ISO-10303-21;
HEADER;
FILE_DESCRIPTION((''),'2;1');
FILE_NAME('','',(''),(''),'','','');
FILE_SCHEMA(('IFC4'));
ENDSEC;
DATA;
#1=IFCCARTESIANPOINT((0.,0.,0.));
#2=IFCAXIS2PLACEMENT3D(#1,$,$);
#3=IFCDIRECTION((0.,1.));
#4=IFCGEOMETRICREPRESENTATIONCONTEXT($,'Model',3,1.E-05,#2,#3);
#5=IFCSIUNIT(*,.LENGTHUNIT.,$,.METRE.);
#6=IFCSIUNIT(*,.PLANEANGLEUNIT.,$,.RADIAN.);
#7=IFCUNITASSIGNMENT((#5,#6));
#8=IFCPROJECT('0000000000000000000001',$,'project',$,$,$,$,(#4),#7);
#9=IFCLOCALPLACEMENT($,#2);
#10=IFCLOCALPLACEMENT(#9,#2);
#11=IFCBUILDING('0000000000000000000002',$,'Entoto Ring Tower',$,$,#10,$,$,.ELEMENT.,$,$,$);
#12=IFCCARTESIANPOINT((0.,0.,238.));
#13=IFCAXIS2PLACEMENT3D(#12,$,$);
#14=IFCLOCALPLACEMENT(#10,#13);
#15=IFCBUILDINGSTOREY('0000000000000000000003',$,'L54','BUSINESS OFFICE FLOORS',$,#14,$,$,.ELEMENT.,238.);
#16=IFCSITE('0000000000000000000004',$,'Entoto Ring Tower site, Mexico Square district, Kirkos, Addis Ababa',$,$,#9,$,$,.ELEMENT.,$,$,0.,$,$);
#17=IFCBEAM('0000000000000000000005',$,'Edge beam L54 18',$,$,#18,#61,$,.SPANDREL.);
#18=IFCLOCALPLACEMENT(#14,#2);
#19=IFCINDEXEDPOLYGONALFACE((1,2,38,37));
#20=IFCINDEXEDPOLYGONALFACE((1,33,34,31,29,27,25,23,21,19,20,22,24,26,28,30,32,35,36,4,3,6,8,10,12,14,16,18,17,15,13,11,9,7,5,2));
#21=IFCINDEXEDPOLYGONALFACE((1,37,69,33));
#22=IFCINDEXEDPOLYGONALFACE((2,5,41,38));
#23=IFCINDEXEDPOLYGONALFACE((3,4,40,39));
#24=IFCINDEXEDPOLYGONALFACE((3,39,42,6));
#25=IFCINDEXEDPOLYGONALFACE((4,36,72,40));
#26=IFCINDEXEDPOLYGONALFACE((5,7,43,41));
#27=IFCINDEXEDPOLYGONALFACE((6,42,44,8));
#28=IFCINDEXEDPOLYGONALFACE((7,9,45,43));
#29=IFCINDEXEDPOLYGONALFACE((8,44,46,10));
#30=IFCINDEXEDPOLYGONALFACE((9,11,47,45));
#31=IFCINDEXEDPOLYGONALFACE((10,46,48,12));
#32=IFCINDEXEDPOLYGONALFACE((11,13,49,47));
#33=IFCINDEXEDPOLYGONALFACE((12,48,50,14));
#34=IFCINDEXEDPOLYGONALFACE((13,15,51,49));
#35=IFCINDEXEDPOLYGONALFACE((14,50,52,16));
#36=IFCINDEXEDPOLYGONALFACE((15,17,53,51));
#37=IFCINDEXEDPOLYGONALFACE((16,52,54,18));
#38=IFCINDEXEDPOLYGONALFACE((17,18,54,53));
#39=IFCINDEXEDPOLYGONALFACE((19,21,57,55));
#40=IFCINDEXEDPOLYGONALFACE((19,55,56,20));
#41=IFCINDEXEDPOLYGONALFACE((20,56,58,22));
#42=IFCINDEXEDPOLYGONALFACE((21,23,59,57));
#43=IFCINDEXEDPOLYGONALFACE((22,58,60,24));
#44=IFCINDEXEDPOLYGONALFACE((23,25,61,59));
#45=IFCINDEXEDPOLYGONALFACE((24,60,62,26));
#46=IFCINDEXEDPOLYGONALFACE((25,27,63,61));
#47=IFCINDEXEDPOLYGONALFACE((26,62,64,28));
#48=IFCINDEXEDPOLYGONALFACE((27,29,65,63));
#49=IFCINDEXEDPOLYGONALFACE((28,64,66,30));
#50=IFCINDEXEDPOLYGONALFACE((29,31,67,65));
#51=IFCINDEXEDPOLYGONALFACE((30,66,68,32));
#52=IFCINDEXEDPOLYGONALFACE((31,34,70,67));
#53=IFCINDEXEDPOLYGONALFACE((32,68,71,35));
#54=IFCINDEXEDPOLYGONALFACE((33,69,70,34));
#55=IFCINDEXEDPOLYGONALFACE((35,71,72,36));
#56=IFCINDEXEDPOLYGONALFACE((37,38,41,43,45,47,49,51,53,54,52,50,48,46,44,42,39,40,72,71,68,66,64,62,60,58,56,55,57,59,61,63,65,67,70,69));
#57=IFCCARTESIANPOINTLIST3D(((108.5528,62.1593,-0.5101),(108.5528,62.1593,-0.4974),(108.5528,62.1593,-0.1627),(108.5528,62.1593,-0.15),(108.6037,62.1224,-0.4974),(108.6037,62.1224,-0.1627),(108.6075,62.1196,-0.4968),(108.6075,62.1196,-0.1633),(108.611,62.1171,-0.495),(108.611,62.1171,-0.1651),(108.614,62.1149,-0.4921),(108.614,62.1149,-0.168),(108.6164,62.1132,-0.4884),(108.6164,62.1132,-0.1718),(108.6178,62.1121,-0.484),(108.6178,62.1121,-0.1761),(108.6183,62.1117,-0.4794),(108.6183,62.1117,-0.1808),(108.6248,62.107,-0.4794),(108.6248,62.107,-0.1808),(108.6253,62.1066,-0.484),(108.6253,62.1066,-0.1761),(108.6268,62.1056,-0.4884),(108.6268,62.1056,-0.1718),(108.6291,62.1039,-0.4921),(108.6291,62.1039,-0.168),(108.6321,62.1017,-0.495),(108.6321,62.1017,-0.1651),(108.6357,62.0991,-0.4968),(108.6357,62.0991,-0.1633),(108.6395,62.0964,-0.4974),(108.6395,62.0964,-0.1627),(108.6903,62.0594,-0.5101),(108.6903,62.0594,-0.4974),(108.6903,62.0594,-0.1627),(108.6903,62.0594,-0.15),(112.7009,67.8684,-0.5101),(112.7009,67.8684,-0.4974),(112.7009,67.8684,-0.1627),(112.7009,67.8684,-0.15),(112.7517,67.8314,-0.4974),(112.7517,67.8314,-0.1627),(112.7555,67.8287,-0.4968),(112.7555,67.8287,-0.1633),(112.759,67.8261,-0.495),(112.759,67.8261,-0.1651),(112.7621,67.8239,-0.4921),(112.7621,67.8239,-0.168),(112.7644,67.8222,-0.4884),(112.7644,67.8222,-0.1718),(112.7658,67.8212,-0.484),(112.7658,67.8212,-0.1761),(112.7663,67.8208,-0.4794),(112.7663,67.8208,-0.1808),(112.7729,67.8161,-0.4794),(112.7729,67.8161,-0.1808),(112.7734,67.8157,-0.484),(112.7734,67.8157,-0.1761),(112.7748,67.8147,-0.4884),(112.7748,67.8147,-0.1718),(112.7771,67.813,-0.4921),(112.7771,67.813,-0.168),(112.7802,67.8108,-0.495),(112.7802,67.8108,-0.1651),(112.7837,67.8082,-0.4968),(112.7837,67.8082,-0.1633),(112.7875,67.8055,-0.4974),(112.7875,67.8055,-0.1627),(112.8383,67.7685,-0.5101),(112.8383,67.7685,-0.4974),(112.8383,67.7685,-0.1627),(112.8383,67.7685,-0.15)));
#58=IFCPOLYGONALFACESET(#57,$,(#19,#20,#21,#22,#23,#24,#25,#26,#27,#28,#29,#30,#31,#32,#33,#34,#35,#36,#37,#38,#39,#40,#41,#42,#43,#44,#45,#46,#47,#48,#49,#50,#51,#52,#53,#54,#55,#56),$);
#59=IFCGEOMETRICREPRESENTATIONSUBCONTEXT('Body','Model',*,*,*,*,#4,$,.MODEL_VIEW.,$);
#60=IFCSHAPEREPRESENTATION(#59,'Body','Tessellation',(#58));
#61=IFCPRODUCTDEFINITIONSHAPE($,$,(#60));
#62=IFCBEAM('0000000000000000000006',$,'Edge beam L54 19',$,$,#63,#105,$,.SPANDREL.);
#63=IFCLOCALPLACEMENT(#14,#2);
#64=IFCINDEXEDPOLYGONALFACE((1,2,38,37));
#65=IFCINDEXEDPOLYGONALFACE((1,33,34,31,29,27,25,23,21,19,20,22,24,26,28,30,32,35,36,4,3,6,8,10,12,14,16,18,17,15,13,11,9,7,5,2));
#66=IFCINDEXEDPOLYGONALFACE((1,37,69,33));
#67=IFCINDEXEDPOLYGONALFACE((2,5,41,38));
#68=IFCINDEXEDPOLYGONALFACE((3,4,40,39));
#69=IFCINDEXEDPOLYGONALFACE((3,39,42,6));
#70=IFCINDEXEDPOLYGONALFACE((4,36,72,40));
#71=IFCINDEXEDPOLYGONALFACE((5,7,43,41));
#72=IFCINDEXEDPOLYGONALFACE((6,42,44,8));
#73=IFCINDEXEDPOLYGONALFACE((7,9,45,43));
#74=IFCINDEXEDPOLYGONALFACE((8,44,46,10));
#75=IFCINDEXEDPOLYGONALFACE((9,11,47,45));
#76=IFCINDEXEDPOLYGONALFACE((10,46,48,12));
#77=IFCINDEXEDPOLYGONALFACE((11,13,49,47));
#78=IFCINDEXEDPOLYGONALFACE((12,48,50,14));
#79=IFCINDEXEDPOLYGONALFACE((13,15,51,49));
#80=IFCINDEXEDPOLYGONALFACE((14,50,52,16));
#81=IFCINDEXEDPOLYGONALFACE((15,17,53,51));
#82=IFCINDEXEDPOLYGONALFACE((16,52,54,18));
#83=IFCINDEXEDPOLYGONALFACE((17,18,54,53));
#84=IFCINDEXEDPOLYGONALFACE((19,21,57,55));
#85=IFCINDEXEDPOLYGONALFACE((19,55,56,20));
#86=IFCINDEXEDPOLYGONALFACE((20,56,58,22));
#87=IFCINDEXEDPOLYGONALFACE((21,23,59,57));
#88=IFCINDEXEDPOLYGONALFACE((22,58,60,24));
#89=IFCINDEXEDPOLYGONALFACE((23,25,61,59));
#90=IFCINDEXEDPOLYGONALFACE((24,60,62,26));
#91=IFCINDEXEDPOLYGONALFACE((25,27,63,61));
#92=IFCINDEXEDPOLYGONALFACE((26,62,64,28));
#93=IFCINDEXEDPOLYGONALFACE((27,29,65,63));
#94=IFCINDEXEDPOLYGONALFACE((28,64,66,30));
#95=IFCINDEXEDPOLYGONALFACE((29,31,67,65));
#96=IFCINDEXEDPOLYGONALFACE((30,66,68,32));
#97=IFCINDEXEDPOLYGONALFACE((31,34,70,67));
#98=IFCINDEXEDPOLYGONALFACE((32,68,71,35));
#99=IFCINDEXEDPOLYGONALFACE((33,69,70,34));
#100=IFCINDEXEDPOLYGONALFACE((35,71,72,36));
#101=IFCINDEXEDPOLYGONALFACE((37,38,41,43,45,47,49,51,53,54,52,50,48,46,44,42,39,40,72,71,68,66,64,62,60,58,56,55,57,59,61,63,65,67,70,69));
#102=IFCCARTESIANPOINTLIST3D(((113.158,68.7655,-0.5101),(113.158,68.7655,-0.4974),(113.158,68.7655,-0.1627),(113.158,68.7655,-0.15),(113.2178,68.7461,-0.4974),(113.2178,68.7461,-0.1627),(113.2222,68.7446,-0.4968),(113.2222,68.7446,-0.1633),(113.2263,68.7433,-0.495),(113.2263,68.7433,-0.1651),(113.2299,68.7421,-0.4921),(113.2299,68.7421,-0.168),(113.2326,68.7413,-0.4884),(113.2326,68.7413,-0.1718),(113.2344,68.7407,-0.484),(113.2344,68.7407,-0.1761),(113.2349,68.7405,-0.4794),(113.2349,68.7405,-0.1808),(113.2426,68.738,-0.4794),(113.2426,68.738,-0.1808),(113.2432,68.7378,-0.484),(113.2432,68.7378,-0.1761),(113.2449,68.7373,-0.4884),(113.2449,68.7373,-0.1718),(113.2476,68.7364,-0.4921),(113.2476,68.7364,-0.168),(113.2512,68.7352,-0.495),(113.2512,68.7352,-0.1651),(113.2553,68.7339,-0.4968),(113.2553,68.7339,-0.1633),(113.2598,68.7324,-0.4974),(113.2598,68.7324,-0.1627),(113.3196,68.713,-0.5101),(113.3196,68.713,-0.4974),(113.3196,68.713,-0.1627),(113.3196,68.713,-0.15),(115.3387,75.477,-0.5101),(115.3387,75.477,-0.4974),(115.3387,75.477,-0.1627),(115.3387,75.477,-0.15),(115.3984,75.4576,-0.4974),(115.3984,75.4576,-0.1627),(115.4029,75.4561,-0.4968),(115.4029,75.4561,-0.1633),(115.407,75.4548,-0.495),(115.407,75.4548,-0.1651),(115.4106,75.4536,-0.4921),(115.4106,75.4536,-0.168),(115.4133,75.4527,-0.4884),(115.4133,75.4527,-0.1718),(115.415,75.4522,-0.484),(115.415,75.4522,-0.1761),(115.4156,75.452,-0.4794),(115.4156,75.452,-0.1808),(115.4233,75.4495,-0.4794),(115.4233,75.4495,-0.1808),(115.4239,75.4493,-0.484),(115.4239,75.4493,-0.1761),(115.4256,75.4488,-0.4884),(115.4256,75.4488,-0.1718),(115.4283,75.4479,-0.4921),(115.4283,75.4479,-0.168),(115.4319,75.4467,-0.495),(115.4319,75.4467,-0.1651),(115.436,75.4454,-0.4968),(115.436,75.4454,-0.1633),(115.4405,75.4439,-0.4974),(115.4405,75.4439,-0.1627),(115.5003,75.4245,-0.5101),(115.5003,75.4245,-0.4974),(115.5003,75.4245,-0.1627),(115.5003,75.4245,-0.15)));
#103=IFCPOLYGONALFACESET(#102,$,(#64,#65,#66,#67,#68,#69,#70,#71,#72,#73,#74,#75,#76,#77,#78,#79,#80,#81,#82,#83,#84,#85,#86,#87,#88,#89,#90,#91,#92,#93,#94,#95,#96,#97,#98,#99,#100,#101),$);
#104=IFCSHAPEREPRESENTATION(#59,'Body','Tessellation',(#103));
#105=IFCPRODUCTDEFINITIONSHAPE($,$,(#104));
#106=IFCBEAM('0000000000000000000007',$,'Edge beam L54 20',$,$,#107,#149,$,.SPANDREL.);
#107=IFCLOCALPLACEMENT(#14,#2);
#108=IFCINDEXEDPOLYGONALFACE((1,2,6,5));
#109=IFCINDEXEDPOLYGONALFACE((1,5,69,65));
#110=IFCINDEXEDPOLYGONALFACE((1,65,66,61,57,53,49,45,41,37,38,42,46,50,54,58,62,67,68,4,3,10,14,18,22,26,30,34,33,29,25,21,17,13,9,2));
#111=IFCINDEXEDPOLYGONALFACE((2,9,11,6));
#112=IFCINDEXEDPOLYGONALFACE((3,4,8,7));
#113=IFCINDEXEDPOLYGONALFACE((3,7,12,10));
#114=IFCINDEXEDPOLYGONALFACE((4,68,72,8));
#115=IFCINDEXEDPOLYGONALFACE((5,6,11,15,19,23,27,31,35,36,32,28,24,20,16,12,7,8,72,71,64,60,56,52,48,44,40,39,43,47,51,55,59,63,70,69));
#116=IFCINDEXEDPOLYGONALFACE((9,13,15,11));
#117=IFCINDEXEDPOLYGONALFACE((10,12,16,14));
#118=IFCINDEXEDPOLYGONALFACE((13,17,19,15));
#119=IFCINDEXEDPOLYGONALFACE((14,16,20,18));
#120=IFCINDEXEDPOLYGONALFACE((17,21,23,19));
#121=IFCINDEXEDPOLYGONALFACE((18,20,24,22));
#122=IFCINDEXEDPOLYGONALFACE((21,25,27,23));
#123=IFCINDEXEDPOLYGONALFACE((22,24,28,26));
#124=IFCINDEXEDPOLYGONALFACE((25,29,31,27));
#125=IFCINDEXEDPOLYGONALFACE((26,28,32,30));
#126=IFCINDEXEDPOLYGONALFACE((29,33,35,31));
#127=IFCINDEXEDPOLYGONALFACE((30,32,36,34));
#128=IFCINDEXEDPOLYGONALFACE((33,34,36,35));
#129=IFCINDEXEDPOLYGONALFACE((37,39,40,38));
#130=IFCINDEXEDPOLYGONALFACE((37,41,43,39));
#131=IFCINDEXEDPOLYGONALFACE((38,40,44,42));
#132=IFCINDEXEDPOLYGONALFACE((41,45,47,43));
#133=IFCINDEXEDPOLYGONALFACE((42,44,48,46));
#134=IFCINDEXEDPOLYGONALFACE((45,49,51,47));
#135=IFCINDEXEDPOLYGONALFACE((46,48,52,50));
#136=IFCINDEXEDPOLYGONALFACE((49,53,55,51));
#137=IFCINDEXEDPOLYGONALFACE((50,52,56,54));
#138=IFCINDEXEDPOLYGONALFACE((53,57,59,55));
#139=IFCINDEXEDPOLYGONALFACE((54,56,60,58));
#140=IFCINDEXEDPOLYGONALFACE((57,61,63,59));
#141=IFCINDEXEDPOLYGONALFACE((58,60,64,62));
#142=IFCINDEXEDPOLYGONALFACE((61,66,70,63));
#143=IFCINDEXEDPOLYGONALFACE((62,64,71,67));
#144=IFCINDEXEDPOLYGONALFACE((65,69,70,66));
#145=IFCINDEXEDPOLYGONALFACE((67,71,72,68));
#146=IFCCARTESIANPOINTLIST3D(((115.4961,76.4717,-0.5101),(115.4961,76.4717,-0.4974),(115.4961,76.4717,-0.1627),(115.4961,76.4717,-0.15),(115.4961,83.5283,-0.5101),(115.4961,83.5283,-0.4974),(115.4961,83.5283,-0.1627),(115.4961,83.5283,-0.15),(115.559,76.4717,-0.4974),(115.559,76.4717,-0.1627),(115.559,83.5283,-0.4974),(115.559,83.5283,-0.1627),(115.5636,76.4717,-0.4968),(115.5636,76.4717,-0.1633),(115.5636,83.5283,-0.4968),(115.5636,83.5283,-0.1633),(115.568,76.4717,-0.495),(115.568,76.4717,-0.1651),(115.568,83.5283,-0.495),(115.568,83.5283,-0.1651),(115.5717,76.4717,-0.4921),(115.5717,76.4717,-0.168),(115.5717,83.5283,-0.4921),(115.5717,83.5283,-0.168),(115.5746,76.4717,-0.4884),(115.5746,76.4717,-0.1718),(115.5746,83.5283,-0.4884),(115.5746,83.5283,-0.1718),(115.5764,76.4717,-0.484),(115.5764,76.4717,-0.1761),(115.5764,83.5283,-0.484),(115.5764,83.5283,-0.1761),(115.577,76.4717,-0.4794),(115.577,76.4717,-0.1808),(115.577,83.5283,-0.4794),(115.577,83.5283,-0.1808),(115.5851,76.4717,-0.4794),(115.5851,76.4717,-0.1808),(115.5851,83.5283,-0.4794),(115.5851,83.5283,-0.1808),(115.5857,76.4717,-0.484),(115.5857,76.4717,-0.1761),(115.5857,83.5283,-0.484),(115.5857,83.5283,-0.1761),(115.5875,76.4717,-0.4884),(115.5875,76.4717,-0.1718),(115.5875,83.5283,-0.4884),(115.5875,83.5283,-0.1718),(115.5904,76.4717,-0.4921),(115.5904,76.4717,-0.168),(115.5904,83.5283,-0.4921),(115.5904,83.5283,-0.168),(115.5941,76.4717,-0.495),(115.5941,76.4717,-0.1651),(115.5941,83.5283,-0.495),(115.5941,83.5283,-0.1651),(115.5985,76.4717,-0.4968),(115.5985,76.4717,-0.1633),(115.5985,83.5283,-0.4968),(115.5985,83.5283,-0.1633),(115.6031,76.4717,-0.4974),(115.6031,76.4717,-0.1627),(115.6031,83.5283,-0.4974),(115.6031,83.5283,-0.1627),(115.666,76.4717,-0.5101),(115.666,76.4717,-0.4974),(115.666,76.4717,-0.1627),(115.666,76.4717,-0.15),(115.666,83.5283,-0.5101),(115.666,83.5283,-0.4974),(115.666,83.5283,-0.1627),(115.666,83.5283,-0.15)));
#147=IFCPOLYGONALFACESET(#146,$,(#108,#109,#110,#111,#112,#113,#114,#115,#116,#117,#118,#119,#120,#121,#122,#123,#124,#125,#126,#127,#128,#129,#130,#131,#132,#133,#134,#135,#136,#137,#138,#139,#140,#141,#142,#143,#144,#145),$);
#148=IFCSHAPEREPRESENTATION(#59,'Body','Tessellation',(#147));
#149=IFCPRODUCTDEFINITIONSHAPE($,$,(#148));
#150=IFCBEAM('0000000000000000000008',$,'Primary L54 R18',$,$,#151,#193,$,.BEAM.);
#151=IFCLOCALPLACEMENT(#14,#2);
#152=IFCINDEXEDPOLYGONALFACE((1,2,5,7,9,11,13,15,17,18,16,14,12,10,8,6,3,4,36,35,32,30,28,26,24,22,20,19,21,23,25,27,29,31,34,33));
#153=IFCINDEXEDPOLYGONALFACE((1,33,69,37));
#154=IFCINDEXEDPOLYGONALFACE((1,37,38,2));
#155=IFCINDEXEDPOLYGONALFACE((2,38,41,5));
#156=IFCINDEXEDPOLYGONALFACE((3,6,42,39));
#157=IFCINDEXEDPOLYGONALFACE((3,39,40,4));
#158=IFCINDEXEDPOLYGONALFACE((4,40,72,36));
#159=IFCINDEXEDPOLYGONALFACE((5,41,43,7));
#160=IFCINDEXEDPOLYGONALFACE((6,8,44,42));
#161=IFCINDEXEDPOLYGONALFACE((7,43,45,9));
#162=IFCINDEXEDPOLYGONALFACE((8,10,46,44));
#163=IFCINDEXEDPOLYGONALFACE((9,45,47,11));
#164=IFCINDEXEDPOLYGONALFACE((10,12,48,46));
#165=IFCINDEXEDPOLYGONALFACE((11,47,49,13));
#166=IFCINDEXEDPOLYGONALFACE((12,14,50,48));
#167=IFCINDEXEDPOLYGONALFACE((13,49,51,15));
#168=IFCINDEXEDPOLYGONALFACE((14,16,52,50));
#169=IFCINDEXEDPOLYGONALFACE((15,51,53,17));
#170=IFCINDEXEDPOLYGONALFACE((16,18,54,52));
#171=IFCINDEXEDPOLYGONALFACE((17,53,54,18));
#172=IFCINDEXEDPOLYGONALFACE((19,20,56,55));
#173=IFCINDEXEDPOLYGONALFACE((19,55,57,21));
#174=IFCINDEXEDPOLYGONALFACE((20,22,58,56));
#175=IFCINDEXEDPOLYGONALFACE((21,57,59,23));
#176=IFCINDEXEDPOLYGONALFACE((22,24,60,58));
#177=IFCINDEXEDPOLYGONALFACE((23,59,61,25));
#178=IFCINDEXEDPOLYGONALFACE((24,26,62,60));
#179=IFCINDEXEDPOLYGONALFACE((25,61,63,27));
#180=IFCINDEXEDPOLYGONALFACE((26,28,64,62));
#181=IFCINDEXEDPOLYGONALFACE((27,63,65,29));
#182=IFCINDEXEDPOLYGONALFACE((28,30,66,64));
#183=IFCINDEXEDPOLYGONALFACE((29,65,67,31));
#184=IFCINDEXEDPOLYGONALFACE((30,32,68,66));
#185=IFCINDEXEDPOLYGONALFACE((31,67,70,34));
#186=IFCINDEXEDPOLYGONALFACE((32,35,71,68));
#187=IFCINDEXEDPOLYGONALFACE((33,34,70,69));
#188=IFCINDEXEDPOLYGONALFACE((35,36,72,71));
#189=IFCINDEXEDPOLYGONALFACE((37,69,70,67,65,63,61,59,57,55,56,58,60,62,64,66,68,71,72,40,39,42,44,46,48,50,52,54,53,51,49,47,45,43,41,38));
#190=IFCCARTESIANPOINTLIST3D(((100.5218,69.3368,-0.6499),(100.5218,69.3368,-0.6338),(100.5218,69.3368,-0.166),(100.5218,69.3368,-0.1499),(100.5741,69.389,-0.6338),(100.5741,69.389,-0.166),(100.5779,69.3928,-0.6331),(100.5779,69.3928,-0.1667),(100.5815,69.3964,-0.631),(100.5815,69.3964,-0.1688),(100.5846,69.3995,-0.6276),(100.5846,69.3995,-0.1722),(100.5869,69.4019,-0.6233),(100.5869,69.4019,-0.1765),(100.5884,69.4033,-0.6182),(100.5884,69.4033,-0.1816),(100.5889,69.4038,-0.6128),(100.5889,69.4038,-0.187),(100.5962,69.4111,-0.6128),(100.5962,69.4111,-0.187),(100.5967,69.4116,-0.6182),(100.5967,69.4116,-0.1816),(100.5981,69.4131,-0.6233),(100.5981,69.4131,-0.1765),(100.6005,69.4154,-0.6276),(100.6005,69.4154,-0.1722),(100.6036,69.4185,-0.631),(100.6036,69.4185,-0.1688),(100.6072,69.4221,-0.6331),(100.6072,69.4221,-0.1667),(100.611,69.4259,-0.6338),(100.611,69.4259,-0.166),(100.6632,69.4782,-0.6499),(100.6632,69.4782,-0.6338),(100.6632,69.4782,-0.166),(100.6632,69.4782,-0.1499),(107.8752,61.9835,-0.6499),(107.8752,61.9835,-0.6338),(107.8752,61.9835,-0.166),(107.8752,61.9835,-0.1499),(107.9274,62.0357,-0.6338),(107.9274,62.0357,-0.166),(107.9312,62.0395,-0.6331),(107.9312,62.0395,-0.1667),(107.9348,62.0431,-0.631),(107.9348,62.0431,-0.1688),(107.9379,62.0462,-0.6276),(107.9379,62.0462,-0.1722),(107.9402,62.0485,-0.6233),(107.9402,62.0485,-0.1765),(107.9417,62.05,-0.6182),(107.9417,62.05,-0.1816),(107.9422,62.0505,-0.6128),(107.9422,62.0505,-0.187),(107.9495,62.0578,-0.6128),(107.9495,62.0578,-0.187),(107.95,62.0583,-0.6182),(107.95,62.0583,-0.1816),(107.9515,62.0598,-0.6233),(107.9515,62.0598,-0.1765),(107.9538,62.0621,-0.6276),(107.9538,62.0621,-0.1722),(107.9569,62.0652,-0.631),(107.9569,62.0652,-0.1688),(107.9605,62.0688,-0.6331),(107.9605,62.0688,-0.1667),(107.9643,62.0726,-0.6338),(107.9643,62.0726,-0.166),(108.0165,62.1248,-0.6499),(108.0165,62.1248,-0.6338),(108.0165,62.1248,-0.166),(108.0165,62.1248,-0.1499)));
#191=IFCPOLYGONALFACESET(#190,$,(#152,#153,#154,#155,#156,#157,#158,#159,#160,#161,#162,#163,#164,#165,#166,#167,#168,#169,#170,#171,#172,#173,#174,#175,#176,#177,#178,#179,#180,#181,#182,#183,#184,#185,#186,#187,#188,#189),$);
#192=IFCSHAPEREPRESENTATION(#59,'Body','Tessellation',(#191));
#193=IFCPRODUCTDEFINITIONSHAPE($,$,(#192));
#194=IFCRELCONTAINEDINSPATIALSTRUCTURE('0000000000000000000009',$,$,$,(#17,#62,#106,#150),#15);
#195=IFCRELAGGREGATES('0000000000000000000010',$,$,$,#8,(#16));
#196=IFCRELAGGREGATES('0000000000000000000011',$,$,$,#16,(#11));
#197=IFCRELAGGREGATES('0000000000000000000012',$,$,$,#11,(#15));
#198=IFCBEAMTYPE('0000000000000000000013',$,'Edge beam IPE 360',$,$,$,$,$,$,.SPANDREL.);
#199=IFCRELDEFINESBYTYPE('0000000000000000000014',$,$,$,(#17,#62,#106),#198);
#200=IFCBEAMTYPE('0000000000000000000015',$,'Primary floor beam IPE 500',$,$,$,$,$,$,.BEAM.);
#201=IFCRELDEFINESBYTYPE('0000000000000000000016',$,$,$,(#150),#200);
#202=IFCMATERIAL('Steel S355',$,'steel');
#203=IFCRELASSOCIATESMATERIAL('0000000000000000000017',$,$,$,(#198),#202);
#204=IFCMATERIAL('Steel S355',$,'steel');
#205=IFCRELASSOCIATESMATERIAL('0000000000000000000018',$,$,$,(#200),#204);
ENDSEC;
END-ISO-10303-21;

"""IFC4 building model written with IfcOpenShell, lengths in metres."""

from ifc_helpers import new_model, si_unit, direction, frame, origin, origin_2d, place, context, subcontext, project, spatial, i_section, extrude, material, material_profile, profile_set, type_object, element, save


model = new_model("IFC4")

# Units and contexts
model_context = context("Model", 3, precision=1e-05, world=origin(), true_north=direction((0.0, 1.0)))
body_context = subcontext(model_context, "Body", "Model", "MODEL_VIEW")
ifc_project = project(units=[si_unit("LENGTHUNIT", "METRE"), si_unit("PLANEANGLEUNIT", "RADIAN")], contexts=[model_context])

# Site, building, storey
site_placement = place(None, origin())
site = spatial("IfcSite", under=ifc_project, at=site_placement, Name="Entoto Ring Tower site, Mexico Square district, Kirkos, Addis Ababa", CompositionType="ELEMENT", RefElevation=0.0)
building_placement = place(site_placement, origin())
building = spatial("IfcBuilding", under=site, at=building_placement, Name="Entoto Ring Tower", CompositionType="ELEMENT")
storey_placement = place(building_placement, frame((0.0, 0.0, 238.0)))
storey = spatial("IfcBuildingStorey", under=building, at=storey_placement, Name="L54", Description="BUSINESS OFFICE FLOORS", CompositionType="ELEMENT", Elevation=238.0)

# Beams
ifc_material_1 = material(Name="Steel S355", Category="steel")
ifc_material_profile_1 = material_profile(ifc_material_1, i_section(OverallWidth=0.1699, OverallDepth=0.3601, WebThickness=0.0081, FlangeThickness=0.0127, FilletRadius=0.0181, at=origin_2d()), Name="IPE 360")
ifc_profile_set_1 = profile_set([ifc_material_profile_1], Name="Steel S355")
beam_type_1 = type_object("IfcBeamType", Name="Edge beam IPE 360", PredefinedType="SPANDREL", material=ifc_profile_set_1)
for number, where, z_axis, x_axis, name in (
    (1, (108.6216, 62.1094, -0.3301), (0.587797, 0.809008, 0.0), (-0.809008, 0.587797, 0.0), "Edge beam L54 18"),
    (2, (113.2388, 68.7393, -0.3301), (0.309016, 0.951057, 0.0), (-0.951057, 0.309016, 0.0), "Edge beam L54 19"),
):
    element("IfcBeam", number, at=place(storey_placement, frame(where, z_axis=z_axis, x_axis=x_axis)), inside=storey, type_object=beam_type_1, Name=name, PredefinedType="SPANDREL", context=body_context, shape_type="SweptSolid", body=[
        extrude(i_section(OverallWidth=0.1699, OverallDepth=0.3601, WebThickness=0.0081, FlangeThickness=0.0127, FilletRadius=0.0181, at=origin_2d()), origin(), (0.0, 0.0, 1.0), 7.0569),
    ])
beam_1_placement = place(storey_placement, frame((115.5811, 76.4717, -0.3301), z_axis=(0.0, 1.0, 0.0), x_axis=(-1.0, 0.0, 0.0)))
element("IfcBeam", 3, at=beam_1_placement, inside=storey, type_object=beam_type_1, Name="Edge beam L54 20", PredefinedType="SPANDREL", context=body_context, shape_type="SweptSolid", body=[
    extrude(i_section(OverallWidth=0.1699, OverallDepth=0.3601, WebThickness=0.0081, FlangeThickness=0.0127, FilletRadius=0.0181, at=origin_2d()), origin(), (0.0, 0.0, 1.0), 7.0566),
])
ifc_material_2 = material(Name="Steel S355", Category="steel")
ifc_material_profile_2 = material_profile(ifc_material_2, i_section(OverallWidth=0.2, OverallDepth=0.5, WebThickness=0.0103, FlangeThickness=0.0161, FilletRadius=0.021, at=origin_2d()), Name="IPE 500")
ifc_profile_set_2 = profile_set([ifc_material_profile_2], Name="Steel S355")
beam_type_2 = type_object("IfcBeamType", Name="Primary floor beam IPE 500", PredefinedType="BEAM", material=ifc_profile_set_2)
beam_2_placement = place(storey_placement, frame((100.5925, 69.4075, -0.3999), z_axis=(0.707107, -0.707107, 0.0), x_axis=(0.707107, 0.707107, 0.0)))
element("IfcBeam", 4, at=beam_2_placement, inside=storey, type_object=beam_type_2, Name="Primary L54 R18", PredefinedType="BEAM", context=body_context, shape_type="SweptSolid", body=[
    extrude(i_section(OverallWidth=0.2, OverallDepth=0.5, WebThickness=0.0103, FlangeThickness=0.0161, FilletRadius=0.021, at=origin_2d()), origin(), (0.0, 0.0, 1.0), 10.3992),
])

save(model, "model.ifc")
